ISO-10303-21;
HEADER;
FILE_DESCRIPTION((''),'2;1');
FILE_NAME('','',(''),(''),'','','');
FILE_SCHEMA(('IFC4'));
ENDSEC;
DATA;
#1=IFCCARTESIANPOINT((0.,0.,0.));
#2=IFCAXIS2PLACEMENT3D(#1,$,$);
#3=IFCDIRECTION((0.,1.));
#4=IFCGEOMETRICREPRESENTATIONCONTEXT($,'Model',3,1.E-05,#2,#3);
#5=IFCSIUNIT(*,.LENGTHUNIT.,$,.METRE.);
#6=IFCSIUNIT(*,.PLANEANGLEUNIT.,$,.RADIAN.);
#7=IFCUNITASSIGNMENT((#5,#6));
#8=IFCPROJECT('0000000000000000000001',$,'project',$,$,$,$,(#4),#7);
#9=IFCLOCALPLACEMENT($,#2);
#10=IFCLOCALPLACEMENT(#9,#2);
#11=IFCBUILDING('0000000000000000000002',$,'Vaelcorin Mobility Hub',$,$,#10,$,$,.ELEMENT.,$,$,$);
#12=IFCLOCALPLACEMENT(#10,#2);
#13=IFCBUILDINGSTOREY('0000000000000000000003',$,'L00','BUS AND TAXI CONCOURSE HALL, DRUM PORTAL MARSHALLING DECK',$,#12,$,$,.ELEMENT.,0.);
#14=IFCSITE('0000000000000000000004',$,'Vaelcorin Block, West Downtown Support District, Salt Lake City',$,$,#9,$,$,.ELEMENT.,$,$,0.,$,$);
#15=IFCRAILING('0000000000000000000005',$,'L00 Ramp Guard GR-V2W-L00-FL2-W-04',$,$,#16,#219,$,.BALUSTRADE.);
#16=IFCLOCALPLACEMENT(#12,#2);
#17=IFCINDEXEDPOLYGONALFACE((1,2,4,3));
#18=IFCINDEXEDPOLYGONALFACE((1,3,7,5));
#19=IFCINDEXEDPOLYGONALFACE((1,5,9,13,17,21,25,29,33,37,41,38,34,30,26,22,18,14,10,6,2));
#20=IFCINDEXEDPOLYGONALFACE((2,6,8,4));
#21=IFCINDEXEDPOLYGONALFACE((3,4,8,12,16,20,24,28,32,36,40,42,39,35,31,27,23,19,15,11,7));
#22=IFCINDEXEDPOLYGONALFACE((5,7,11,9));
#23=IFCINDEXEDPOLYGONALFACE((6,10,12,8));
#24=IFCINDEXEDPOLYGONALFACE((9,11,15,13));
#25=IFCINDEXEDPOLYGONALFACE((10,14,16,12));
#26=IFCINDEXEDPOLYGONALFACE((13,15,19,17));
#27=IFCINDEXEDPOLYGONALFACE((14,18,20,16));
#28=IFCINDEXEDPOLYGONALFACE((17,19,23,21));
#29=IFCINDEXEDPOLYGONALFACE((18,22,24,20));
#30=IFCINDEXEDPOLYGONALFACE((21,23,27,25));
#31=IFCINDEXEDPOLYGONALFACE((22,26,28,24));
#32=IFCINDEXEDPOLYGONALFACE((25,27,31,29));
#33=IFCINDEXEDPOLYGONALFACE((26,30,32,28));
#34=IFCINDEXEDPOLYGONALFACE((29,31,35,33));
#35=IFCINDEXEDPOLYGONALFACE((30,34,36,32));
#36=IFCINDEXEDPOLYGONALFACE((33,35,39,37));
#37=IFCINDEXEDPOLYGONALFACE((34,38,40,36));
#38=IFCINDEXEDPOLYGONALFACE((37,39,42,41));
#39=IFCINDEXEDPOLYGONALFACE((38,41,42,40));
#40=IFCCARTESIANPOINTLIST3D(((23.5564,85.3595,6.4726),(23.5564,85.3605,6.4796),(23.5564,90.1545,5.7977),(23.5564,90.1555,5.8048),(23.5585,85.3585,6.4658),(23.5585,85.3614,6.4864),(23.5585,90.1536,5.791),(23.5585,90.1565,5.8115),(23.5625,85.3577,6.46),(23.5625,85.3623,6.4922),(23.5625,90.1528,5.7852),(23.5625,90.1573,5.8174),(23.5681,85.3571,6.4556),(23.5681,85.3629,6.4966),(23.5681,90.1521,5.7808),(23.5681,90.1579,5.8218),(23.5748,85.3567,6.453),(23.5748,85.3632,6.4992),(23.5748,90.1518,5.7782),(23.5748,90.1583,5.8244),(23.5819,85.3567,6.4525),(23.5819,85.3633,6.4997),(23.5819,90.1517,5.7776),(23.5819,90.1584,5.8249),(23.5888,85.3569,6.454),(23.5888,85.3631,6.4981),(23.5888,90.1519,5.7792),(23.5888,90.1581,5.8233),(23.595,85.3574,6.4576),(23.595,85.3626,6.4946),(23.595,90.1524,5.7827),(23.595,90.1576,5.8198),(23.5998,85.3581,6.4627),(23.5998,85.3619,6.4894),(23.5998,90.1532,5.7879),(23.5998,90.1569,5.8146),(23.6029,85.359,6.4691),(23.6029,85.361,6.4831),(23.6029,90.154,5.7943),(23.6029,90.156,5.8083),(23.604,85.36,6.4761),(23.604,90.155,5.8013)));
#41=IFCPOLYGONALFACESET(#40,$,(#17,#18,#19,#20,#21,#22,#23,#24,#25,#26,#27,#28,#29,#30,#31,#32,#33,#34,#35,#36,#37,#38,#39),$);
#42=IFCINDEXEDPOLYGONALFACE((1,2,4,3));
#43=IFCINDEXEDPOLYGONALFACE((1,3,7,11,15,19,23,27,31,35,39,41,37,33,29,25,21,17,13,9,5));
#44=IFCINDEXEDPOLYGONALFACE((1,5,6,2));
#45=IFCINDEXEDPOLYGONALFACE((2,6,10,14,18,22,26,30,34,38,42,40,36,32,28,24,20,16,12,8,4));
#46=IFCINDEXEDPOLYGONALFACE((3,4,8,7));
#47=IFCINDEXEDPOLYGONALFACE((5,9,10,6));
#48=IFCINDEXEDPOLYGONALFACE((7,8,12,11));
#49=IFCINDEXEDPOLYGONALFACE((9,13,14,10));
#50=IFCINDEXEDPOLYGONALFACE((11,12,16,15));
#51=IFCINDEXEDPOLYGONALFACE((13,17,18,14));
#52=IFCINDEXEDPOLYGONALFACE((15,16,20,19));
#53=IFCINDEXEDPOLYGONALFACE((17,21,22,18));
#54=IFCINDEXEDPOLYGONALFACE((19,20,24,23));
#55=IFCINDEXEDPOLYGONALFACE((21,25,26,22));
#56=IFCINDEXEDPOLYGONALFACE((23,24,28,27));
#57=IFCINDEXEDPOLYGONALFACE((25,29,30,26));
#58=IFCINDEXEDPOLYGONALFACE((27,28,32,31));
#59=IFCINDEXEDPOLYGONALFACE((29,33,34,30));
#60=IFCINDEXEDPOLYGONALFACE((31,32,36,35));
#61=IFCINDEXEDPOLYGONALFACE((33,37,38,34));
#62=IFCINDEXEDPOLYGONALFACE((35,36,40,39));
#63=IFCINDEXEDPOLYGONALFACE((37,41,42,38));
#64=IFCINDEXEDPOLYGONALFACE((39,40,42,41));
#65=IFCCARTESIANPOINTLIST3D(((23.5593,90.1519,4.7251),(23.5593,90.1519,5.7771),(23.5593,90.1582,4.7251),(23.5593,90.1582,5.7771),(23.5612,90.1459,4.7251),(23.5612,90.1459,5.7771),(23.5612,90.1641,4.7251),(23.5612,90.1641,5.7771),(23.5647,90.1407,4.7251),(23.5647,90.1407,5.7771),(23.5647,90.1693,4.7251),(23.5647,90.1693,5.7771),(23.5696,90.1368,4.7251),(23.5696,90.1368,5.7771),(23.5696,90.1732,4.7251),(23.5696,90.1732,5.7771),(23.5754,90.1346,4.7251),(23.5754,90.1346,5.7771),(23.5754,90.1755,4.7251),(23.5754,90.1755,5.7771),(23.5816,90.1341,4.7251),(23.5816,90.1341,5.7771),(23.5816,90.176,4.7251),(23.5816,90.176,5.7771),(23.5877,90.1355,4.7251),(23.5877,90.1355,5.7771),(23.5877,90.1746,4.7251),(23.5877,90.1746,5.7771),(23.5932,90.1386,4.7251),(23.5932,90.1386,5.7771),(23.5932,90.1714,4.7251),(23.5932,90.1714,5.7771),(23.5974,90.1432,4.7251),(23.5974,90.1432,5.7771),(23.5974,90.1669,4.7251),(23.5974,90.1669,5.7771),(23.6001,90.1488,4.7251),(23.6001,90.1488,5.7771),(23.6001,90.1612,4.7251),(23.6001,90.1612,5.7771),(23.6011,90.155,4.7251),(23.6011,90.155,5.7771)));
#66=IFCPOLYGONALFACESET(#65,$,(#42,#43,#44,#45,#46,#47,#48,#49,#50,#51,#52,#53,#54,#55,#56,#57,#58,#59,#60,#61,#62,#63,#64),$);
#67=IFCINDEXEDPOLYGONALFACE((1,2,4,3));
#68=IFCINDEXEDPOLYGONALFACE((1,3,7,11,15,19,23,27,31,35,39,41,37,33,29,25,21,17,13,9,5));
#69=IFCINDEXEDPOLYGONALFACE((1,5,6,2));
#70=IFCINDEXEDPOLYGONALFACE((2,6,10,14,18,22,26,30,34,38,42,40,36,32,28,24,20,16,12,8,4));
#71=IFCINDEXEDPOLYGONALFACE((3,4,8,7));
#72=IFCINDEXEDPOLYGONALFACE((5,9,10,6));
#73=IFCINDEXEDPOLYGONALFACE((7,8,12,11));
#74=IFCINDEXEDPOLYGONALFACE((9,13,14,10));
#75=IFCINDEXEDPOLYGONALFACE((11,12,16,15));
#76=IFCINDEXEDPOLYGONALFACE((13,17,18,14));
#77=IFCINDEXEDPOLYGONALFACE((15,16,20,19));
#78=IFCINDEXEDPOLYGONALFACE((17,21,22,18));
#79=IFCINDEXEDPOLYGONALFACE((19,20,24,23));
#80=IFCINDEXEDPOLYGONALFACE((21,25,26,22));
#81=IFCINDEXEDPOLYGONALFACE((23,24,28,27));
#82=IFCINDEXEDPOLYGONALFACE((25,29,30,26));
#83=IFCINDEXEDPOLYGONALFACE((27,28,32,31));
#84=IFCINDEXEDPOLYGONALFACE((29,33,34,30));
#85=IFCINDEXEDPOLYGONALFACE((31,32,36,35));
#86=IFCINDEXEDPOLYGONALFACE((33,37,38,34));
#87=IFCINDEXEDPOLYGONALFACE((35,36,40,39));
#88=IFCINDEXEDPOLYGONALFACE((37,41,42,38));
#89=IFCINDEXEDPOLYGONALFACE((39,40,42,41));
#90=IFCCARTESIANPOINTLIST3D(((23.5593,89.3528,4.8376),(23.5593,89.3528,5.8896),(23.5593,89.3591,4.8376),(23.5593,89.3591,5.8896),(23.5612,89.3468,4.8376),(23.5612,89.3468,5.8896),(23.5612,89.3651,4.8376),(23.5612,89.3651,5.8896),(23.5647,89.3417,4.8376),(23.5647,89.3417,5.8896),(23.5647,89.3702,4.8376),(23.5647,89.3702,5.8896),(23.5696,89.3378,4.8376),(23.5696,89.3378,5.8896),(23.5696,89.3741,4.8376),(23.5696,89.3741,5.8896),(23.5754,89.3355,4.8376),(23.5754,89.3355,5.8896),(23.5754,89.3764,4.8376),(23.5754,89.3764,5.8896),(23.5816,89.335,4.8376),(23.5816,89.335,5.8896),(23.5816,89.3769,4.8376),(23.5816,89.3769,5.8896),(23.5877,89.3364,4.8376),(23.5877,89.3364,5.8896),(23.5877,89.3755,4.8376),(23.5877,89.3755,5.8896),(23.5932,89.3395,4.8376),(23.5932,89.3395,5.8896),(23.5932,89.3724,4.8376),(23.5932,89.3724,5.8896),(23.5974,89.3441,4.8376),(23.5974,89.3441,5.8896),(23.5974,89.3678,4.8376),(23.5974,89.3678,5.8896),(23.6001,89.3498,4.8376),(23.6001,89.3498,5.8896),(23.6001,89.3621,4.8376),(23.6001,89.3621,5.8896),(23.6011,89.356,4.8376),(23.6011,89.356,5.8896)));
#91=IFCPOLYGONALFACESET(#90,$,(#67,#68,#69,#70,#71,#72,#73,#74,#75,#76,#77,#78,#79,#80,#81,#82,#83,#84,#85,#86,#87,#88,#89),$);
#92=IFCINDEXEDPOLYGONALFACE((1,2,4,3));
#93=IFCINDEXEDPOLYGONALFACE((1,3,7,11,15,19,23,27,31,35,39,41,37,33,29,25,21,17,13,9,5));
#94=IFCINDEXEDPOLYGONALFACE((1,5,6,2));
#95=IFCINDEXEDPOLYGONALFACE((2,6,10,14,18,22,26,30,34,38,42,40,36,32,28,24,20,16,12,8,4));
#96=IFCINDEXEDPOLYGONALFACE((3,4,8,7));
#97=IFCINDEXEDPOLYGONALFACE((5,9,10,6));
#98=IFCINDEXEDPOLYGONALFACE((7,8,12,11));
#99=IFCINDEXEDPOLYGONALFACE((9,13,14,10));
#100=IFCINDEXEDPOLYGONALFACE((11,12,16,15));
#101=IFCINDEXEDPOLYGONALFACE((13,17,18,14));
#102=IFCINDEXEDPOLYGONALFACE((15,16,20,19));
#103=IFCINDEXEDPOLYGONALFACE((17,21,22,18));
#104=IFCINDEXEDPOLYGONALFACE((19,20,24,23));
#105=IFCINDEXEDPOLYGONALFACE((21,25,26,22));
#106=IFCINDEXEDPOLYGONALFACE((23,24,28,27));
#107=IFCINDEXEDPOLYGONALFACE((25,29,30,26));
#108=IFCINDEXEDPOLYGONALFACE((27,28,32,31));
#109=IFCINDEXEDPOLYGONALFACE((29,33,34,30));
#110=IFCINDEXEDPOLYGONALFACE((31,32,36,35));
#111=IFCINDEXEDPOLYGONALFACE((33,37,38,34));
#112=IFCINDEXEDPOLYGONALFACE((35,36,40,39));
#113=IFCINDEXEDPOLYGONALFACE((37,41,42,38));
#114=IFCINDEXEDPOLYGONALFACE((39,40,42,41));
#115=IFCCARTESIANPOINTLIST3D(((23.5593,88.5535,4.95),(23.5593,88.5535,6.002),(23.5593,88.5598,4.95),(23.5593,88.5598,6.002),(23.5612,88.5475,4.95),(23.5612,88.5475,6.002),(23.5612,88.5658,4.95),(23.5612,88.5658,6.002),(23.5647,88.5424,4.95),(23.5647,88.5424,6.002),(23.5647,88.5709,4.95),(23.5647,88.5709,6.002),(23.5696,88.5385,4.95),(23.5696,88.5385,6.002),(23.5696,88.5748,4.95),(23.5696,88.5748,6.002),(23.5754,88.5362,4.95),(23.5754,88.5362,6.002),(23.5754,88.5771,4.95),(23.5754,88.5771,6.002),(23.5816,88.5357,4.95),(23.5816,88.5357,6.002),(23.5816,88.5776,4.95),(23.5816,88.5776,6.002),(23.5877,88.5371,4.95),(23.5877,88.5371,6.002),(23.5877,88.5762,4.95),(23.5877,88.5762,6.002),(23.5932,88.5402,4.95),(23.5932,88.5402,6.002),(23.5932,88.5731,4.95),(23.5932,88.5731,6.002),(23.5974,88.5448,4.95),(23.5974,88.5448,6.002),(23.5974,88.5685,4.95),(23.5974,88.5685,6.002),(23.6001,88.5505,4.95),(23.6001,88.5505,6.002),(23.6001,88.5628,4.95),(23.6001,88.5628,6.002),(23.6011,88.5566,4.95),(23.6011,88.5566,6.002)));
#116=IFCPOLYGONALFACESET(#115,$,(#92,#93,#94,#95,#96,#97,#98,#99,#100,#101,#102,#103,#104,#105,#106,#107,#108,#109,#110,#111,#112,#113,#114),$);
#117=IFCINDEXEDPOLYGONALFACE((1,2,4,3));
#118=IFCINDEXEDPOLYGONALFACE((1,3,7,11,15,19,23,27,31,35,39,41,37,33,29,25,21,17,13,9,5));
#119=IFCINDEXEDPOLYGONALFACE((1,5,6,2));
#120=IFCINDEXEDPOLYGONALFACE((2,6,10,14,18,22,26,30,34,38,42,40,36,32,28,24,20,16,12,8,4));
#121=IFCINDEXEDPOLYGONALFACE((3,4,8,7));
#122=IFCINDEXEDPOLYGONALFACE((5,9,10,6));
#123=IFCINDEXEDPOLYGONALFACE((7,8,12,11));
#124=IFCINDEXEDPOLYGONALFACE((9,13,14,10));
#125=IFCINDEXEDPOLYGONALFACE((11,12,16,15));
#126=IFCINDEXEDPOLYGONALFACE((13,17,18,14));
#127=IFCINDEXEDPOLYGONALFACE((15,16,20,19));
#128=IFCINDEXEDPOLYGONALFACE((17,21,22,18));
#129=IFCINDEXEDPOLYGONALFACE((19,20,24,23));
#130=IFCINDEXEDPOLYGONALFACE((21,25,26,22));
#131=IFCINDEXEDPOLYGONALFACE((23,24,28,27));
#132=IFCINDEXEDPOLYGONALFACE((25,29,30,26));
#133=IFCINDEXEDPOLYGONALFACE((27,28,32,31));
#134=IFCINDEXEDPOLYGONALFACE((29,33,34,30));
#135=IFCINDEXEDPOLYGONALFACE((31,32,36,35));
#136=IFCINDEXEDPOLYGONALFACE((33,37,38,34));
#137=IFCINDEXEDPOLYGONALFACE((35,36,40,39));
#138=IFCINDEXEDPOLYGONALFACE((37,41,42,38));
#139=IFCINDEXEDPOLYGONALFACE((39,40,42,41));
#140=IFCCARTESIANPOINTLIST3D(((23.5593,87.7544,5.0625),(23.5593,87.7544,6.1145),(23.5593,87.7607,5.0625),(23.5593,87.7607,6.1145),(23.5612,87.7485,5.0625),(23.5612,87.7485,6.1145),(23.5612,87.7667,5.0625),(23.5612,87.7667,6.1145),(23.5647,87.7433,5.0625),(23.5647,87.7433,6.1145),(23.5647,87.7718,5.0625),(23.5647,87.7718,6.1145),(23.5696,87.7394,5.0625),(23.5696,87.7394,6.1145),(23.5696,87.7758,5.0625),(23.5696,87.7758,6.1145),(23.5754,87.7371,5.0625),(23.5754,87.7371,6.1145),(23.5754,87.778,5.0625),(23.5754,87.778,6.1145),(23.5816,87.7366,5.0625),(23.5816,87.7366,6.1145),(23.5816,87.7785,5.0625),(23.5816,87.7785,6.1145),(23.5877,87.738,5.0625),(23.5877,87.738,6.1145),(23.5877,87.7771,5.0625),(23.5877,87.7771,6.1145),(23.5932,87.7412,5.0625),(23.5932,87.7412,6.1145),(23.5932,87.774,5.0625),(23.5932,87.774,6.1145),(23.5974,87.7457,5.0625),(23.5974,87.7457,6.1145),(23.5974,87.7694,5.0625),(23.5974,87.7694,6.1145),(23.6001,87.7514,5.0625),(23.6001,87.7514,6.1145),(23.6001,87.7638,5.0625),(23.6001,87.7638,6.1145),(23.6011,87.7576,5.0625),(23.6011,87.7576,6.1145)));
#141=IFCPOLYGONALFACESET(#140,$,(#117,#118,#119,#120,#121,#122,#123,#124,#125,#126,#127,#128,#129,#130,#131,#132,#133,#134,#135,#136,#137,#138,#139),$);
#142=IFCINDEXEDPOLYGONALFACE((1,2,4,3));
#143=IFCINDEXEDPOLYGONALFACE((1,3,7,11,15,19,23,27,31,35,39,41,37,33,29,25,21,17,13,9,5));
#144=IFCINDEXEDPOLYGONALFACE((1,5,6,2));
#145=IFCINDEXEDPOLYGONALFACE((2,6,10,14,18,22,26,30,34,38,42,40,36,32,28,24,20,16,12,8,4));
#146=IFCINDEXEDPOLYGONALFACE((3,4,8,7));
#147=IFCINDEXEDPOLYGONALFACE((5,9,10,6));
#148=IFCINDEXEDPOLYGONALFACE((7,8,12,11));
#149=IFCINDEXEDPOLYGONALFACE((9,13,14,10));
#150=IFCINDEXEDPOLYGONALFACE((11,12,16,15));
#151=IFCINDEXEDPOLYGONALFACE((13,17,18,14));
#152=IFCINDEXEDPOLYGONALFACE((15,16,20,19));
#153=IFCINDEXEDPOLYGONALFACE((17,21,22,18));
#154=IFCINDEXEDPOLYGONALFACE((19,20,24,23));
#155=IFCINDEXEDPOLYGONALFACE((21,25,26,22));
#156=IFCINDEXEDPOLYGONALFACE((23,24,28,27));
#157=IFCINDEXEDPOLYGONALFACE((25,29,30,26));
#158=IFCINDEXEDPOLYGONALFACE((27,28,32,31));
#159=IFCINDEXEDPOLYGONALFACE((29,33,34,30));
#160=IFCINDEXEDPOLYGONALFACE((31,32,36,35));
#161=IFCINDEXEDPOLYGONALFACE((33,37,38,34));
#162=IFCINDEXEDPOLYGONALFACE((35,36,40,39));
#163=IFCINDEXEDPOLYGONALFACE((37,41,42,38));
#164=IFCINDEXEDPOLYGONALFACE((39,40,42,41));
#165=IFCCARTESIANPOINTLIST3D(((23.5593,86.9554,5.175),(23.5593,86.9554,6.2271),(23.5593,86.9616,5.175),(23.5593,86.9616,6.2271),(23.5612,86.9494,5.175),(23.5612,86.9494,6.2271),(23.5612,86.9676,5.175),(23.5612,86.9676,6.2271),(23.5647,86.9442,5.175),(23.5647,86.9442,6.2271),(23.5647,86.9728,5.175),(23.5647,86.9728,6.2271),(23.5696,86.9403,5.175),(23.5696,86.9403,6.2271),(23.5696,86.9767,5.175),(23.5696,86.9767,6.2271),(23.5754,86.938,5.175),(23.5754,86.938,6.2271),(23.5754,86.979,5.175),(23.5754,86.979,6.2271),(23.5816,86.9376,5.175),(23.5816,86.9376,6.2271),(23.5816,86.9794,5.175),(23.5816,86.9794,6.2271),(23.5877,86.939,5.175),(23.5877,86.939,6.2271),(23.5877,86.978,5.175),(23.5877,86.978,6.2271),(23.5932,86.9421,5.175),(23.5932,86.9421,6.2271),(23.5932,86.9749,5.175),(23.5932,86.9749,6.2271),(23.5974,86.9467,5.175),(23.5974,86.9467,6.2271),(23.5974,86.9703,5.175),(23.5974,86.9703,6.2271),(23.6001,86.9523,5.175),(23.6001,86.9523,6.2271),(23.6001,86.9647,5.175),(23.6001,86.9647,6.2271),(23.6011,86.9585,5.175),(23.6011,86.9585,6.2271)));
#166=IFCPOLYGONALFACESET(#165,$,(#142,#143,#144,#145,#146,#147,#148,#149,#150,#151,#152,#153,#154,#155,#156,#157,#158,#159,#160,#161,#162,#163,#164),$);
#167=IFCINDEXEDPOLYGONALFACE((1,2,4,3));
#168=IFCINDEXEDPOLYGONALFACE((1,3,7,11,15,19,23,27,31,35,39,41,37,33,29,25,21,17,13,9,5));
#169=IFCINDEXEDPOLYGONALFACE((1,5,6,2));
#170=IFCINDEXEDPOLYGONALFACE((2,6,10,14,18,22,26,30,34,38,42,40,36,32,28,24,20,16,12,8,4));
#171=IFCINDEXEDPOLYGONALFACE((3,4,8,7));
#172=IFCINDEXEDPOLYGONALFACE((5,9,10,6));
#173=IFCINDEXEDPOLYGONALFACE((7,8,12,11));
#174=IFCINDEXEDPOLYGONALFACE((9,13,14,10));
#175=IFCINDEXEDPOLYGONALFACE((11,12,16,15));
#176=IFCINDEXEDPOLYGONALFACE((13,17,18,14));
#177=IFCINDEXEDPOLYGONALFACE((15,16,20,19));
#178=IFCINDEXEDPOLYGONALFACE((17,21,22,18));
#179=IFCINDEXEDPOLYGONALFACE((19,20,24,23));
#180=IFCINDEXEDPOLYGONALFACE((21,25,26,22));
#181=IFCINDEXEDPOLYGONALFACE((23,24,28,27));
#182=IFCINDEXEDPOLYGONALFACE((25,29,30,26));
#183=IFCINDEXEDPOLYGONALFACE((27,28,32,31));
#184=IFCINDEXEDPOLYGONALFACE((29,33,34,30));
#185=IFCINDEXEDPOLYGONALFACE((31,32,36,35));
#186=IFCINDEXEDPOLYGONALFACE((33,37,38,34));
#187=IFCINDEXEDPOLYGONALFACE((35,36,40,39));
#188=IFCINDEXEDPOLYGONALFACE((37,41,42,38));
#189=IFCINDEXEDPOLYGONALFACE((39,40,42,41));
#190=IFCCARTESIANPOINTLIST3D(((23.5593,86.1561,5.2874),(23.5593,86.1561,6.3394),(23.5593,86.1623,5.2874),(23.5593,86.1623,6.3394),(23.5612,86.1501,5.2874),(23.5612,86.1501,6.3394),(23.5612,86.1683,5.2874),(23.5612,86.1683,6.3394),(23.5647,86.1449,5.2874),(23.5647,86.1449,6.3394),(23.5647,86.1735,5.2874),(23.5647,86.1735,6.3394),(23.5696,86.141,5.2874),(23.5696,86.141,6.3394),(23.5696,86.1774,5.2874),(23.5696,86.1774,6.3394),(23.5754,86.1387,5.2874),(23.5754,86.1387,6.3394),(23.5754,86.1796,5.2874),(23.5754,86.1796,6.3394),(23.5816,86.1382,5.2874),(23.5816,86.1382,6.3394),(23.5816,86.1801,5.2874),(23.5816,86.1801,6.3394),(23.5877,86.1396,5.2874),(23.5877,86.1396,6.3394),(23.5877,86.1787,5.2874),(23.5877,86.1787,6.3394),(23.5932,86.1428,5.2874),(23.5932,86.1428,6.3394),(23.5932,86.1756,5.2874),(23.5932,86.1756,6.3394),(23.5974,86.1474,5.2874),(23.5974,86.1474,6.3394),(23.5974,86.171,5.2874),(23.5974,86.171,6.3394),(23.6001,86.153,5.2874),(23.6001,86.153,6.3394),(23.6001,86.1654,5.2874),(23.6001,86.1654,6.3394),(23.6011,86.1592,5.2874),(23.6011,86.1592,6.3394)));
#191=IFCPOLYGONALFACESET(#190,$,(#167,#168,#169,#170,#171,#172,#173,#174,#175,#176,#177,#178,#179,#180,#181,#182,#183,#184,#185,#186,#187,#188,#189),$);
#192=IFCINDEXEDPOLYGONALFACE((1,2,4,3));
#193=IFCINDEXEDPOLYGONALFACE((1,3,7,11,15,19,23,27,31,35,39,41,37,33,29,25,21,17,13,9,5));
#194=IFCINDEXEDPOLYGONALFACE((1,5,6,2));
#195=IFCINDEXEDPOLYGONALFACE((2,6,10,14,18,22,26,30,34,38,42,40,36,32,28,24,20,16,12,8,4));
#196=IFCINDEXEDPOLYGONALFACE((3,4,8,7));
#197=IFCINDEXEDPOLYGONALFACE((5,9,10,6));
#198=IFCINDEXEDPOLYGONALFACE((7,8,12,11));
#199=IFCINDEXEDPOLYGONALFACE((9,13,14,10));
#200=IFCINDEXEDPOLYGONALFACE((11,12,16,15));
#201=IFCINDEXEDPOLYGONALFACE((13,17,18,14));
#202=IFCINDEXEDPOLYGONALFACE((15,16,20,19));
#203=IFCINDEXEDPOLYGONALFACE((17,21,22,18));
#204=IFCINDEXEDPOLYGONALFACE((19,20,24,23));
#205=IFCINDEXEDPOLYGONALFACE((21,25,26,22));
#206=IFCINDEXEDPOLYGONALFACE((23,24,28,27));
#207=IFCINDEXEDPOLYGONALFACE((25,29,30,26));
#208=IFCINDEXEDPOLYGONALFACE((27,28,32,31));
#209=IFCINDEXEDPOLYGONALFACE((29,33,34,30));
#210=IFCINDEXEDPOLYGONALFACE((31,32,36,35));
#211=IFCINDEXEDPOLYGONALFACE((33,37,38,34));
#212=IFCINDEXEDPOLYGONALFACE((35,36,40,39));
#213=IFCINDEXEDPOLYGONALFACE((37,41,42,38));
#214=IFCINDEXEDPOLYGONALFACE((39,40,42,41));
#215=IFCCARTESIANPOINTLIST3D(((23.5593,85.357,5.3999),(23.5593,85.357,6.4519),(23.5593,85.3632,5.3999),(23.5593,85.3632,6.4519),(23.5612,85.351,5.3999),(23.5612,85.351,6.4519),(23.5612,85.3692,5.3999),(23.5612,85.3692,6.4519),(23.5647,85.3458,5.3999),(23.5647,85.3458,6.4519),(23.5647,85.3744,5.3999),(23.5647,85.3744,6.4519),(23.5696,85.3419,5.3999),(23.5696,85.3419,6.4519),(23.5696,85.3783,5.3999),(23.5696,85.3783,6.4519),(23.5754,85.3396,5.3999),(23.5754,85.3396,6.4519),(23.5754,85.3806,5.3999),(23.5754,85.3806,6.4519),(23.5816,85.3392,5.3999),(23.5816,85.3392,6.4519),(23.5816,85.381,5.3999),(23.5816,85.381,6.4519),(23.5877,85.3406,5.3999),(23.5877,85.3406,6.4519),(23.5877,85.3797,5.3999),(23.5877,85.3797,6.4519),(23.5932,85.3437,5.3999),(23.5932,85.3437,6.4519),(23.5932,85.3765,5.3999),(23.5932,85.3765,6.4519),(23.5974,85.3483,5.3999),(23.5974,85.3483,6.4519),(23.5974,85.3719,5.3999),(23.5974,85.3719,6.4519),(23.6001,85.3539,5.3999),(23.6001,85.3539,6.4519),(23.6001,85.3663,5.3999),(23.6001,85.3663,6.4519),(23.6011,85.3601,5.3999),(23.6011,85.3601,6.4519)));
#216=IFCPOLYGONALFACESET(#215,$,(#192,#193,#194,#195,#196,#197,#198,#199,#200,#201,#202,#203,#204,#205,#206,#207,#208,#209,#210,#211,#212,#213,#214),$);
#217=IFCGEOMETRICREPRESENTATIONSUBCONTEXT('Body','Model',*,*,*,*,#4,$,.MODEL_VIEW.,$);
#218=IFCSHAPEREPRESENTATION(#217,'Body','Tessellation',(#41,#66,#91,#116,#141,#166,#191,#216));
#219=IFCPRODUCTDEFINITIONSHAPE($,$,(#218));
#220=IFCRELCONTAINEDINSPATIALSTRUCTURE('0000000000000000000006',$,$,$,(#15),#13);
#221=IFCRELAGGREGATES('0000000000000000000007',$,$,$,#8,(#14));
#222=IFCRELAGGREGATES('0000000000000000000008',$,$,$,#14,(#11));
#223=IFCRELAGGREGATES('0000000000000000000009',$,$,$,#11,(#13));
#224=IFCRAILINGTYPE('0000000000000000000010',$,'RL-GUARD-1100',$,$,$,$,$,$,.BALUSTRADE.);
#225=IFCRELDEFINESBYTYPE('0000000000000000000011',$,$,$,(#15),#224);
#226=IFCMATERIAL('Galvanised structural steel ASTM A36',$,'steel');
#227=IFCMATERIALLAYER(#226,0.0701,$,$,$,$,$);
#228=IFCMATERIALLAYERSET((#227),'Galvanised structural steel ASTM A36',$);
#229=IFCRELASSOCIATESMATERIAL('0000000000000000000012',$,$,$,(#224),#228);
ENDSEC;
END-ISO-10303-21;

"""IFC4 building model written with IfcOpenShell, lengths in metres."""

from ifc_helpers import new_model, si_unit, direction, frame, origin, origin_2d, place, context, subcontext, project, spatial, circle, extrude, material, layer, layer_set, type_object, element, save


model = new_model("IFC4")

# Units and contexts
model_context = context("Model", 3, precision=1e-05, world=origin(), true_north=direction((0.0, 1.0)))
body_context = subcontext(model_context, "Body", "Model", "MODEL_VIEW")
ifc_project = project(units=[si_unit("LENGTHUNIT", "METRE"), si_unit("PLANEANGLEUNIT", "RADIAN")], contexts=[model_context])

# Site, building, storey
site_placement = place(None, origin())
site = spatial("IfcSite", under=ifc_project, at=site_placement, Name="Vaelcorin Block, West Downtown Support District, Salt Lake City", CompositionType="ELEMENT", RefElevation=0.0)
building_placement = place(site_placement, origin())
building = spatial("IfcBuilding", under=site, at=building_placement, Name="Vaelcorin Mobility Hub", CompositionType="ELEMENT")
storey_placement = place(building_placement, origin())
storey = spatial("IfcBuildingStorey", under=building, at=storey_placement, Name="L00", Description="BUS AND TAXI CONCOURSE HALL, DRUM PORTAL MARSHALLING DECK", CompositionType="ELEMENT", Elevation=0.0)

# Railing
ifc_material_1 = material(Name="Galvanised structural steel ASTM A36", Category="steel")
ifc_layer_1 = layer(ifc_material_1, 0.0701)
ifc_layer_set_1 = layer_set([ifc_layer_1], Name="Galvanised structural steel ASTM A36")
railing_type_1 = type_object("IfcRailingType", Name="RL-GUARD-1100", PredefinedType="BALUSTRADE", material=ifc_layer_set_1)
railing_1_placement = place(storey_placement, frame((23.5801, 90.155, 4.7251)))
element("IfcRailing", 1, at=railing_1_placement, inside=storey, type_object=railing_type_1, Name="L00 Ramp Guard GR-V2W-L00-FL2-W-04", PredefinedType="BALUSTRADE", context=body_context, shape_type="SweptSolid", body=[
    extrude(circle(Radius=0.0239, at=origin_2d()), frame((0.0, 0.0, 1.0762), z_axis=(0.0, -0.990242, 0.13936), x_axis=(1.0, 0.0, 0.0)), (0.0, 0.0, 1.0), 4.8423),
    extrude(circle(Radius=0.021, at=origin_2d()), origin(), (0.0, 0.0, 1.0), 1.052),
    extrude(circle(Radius=0.021, at=origin_2d()), frame((0.0, -0.7991, 0.1125)), (0.0, 0.0, 1.0), 1.052),
    extrude(circle(Radius=0.021, at=origin_2d()), frame((0.0, -1.5984, 0.2249)), (0.0, 0.0, 1.0), 1.052),
    extrude(circle(Radius=0.021, at=origin_2d()), frame((0.0, -2.3975, 0.3374)), (0.0, 0.0, 1.0), 1.052),
    extrude(circle(Radius=0.021, at=origin_2d()), frame((0.0, -3.1965, 0.45)), (0.0, 0.0, 1.0), 1.052),
    extrude(circle(Radius=0.021, at=origin_2d()), frame((0.0, -3.9958, 0.5623)), (0.0, 0.0, 1.0), 1.052),
    extrude(circle(Radius=0.021, at=origin_2d()), frame((0.0, -4.7949, 0.6748)), (0.0, 0.0, 1.0), 1.052),
])

save(model, "model.ifc")
